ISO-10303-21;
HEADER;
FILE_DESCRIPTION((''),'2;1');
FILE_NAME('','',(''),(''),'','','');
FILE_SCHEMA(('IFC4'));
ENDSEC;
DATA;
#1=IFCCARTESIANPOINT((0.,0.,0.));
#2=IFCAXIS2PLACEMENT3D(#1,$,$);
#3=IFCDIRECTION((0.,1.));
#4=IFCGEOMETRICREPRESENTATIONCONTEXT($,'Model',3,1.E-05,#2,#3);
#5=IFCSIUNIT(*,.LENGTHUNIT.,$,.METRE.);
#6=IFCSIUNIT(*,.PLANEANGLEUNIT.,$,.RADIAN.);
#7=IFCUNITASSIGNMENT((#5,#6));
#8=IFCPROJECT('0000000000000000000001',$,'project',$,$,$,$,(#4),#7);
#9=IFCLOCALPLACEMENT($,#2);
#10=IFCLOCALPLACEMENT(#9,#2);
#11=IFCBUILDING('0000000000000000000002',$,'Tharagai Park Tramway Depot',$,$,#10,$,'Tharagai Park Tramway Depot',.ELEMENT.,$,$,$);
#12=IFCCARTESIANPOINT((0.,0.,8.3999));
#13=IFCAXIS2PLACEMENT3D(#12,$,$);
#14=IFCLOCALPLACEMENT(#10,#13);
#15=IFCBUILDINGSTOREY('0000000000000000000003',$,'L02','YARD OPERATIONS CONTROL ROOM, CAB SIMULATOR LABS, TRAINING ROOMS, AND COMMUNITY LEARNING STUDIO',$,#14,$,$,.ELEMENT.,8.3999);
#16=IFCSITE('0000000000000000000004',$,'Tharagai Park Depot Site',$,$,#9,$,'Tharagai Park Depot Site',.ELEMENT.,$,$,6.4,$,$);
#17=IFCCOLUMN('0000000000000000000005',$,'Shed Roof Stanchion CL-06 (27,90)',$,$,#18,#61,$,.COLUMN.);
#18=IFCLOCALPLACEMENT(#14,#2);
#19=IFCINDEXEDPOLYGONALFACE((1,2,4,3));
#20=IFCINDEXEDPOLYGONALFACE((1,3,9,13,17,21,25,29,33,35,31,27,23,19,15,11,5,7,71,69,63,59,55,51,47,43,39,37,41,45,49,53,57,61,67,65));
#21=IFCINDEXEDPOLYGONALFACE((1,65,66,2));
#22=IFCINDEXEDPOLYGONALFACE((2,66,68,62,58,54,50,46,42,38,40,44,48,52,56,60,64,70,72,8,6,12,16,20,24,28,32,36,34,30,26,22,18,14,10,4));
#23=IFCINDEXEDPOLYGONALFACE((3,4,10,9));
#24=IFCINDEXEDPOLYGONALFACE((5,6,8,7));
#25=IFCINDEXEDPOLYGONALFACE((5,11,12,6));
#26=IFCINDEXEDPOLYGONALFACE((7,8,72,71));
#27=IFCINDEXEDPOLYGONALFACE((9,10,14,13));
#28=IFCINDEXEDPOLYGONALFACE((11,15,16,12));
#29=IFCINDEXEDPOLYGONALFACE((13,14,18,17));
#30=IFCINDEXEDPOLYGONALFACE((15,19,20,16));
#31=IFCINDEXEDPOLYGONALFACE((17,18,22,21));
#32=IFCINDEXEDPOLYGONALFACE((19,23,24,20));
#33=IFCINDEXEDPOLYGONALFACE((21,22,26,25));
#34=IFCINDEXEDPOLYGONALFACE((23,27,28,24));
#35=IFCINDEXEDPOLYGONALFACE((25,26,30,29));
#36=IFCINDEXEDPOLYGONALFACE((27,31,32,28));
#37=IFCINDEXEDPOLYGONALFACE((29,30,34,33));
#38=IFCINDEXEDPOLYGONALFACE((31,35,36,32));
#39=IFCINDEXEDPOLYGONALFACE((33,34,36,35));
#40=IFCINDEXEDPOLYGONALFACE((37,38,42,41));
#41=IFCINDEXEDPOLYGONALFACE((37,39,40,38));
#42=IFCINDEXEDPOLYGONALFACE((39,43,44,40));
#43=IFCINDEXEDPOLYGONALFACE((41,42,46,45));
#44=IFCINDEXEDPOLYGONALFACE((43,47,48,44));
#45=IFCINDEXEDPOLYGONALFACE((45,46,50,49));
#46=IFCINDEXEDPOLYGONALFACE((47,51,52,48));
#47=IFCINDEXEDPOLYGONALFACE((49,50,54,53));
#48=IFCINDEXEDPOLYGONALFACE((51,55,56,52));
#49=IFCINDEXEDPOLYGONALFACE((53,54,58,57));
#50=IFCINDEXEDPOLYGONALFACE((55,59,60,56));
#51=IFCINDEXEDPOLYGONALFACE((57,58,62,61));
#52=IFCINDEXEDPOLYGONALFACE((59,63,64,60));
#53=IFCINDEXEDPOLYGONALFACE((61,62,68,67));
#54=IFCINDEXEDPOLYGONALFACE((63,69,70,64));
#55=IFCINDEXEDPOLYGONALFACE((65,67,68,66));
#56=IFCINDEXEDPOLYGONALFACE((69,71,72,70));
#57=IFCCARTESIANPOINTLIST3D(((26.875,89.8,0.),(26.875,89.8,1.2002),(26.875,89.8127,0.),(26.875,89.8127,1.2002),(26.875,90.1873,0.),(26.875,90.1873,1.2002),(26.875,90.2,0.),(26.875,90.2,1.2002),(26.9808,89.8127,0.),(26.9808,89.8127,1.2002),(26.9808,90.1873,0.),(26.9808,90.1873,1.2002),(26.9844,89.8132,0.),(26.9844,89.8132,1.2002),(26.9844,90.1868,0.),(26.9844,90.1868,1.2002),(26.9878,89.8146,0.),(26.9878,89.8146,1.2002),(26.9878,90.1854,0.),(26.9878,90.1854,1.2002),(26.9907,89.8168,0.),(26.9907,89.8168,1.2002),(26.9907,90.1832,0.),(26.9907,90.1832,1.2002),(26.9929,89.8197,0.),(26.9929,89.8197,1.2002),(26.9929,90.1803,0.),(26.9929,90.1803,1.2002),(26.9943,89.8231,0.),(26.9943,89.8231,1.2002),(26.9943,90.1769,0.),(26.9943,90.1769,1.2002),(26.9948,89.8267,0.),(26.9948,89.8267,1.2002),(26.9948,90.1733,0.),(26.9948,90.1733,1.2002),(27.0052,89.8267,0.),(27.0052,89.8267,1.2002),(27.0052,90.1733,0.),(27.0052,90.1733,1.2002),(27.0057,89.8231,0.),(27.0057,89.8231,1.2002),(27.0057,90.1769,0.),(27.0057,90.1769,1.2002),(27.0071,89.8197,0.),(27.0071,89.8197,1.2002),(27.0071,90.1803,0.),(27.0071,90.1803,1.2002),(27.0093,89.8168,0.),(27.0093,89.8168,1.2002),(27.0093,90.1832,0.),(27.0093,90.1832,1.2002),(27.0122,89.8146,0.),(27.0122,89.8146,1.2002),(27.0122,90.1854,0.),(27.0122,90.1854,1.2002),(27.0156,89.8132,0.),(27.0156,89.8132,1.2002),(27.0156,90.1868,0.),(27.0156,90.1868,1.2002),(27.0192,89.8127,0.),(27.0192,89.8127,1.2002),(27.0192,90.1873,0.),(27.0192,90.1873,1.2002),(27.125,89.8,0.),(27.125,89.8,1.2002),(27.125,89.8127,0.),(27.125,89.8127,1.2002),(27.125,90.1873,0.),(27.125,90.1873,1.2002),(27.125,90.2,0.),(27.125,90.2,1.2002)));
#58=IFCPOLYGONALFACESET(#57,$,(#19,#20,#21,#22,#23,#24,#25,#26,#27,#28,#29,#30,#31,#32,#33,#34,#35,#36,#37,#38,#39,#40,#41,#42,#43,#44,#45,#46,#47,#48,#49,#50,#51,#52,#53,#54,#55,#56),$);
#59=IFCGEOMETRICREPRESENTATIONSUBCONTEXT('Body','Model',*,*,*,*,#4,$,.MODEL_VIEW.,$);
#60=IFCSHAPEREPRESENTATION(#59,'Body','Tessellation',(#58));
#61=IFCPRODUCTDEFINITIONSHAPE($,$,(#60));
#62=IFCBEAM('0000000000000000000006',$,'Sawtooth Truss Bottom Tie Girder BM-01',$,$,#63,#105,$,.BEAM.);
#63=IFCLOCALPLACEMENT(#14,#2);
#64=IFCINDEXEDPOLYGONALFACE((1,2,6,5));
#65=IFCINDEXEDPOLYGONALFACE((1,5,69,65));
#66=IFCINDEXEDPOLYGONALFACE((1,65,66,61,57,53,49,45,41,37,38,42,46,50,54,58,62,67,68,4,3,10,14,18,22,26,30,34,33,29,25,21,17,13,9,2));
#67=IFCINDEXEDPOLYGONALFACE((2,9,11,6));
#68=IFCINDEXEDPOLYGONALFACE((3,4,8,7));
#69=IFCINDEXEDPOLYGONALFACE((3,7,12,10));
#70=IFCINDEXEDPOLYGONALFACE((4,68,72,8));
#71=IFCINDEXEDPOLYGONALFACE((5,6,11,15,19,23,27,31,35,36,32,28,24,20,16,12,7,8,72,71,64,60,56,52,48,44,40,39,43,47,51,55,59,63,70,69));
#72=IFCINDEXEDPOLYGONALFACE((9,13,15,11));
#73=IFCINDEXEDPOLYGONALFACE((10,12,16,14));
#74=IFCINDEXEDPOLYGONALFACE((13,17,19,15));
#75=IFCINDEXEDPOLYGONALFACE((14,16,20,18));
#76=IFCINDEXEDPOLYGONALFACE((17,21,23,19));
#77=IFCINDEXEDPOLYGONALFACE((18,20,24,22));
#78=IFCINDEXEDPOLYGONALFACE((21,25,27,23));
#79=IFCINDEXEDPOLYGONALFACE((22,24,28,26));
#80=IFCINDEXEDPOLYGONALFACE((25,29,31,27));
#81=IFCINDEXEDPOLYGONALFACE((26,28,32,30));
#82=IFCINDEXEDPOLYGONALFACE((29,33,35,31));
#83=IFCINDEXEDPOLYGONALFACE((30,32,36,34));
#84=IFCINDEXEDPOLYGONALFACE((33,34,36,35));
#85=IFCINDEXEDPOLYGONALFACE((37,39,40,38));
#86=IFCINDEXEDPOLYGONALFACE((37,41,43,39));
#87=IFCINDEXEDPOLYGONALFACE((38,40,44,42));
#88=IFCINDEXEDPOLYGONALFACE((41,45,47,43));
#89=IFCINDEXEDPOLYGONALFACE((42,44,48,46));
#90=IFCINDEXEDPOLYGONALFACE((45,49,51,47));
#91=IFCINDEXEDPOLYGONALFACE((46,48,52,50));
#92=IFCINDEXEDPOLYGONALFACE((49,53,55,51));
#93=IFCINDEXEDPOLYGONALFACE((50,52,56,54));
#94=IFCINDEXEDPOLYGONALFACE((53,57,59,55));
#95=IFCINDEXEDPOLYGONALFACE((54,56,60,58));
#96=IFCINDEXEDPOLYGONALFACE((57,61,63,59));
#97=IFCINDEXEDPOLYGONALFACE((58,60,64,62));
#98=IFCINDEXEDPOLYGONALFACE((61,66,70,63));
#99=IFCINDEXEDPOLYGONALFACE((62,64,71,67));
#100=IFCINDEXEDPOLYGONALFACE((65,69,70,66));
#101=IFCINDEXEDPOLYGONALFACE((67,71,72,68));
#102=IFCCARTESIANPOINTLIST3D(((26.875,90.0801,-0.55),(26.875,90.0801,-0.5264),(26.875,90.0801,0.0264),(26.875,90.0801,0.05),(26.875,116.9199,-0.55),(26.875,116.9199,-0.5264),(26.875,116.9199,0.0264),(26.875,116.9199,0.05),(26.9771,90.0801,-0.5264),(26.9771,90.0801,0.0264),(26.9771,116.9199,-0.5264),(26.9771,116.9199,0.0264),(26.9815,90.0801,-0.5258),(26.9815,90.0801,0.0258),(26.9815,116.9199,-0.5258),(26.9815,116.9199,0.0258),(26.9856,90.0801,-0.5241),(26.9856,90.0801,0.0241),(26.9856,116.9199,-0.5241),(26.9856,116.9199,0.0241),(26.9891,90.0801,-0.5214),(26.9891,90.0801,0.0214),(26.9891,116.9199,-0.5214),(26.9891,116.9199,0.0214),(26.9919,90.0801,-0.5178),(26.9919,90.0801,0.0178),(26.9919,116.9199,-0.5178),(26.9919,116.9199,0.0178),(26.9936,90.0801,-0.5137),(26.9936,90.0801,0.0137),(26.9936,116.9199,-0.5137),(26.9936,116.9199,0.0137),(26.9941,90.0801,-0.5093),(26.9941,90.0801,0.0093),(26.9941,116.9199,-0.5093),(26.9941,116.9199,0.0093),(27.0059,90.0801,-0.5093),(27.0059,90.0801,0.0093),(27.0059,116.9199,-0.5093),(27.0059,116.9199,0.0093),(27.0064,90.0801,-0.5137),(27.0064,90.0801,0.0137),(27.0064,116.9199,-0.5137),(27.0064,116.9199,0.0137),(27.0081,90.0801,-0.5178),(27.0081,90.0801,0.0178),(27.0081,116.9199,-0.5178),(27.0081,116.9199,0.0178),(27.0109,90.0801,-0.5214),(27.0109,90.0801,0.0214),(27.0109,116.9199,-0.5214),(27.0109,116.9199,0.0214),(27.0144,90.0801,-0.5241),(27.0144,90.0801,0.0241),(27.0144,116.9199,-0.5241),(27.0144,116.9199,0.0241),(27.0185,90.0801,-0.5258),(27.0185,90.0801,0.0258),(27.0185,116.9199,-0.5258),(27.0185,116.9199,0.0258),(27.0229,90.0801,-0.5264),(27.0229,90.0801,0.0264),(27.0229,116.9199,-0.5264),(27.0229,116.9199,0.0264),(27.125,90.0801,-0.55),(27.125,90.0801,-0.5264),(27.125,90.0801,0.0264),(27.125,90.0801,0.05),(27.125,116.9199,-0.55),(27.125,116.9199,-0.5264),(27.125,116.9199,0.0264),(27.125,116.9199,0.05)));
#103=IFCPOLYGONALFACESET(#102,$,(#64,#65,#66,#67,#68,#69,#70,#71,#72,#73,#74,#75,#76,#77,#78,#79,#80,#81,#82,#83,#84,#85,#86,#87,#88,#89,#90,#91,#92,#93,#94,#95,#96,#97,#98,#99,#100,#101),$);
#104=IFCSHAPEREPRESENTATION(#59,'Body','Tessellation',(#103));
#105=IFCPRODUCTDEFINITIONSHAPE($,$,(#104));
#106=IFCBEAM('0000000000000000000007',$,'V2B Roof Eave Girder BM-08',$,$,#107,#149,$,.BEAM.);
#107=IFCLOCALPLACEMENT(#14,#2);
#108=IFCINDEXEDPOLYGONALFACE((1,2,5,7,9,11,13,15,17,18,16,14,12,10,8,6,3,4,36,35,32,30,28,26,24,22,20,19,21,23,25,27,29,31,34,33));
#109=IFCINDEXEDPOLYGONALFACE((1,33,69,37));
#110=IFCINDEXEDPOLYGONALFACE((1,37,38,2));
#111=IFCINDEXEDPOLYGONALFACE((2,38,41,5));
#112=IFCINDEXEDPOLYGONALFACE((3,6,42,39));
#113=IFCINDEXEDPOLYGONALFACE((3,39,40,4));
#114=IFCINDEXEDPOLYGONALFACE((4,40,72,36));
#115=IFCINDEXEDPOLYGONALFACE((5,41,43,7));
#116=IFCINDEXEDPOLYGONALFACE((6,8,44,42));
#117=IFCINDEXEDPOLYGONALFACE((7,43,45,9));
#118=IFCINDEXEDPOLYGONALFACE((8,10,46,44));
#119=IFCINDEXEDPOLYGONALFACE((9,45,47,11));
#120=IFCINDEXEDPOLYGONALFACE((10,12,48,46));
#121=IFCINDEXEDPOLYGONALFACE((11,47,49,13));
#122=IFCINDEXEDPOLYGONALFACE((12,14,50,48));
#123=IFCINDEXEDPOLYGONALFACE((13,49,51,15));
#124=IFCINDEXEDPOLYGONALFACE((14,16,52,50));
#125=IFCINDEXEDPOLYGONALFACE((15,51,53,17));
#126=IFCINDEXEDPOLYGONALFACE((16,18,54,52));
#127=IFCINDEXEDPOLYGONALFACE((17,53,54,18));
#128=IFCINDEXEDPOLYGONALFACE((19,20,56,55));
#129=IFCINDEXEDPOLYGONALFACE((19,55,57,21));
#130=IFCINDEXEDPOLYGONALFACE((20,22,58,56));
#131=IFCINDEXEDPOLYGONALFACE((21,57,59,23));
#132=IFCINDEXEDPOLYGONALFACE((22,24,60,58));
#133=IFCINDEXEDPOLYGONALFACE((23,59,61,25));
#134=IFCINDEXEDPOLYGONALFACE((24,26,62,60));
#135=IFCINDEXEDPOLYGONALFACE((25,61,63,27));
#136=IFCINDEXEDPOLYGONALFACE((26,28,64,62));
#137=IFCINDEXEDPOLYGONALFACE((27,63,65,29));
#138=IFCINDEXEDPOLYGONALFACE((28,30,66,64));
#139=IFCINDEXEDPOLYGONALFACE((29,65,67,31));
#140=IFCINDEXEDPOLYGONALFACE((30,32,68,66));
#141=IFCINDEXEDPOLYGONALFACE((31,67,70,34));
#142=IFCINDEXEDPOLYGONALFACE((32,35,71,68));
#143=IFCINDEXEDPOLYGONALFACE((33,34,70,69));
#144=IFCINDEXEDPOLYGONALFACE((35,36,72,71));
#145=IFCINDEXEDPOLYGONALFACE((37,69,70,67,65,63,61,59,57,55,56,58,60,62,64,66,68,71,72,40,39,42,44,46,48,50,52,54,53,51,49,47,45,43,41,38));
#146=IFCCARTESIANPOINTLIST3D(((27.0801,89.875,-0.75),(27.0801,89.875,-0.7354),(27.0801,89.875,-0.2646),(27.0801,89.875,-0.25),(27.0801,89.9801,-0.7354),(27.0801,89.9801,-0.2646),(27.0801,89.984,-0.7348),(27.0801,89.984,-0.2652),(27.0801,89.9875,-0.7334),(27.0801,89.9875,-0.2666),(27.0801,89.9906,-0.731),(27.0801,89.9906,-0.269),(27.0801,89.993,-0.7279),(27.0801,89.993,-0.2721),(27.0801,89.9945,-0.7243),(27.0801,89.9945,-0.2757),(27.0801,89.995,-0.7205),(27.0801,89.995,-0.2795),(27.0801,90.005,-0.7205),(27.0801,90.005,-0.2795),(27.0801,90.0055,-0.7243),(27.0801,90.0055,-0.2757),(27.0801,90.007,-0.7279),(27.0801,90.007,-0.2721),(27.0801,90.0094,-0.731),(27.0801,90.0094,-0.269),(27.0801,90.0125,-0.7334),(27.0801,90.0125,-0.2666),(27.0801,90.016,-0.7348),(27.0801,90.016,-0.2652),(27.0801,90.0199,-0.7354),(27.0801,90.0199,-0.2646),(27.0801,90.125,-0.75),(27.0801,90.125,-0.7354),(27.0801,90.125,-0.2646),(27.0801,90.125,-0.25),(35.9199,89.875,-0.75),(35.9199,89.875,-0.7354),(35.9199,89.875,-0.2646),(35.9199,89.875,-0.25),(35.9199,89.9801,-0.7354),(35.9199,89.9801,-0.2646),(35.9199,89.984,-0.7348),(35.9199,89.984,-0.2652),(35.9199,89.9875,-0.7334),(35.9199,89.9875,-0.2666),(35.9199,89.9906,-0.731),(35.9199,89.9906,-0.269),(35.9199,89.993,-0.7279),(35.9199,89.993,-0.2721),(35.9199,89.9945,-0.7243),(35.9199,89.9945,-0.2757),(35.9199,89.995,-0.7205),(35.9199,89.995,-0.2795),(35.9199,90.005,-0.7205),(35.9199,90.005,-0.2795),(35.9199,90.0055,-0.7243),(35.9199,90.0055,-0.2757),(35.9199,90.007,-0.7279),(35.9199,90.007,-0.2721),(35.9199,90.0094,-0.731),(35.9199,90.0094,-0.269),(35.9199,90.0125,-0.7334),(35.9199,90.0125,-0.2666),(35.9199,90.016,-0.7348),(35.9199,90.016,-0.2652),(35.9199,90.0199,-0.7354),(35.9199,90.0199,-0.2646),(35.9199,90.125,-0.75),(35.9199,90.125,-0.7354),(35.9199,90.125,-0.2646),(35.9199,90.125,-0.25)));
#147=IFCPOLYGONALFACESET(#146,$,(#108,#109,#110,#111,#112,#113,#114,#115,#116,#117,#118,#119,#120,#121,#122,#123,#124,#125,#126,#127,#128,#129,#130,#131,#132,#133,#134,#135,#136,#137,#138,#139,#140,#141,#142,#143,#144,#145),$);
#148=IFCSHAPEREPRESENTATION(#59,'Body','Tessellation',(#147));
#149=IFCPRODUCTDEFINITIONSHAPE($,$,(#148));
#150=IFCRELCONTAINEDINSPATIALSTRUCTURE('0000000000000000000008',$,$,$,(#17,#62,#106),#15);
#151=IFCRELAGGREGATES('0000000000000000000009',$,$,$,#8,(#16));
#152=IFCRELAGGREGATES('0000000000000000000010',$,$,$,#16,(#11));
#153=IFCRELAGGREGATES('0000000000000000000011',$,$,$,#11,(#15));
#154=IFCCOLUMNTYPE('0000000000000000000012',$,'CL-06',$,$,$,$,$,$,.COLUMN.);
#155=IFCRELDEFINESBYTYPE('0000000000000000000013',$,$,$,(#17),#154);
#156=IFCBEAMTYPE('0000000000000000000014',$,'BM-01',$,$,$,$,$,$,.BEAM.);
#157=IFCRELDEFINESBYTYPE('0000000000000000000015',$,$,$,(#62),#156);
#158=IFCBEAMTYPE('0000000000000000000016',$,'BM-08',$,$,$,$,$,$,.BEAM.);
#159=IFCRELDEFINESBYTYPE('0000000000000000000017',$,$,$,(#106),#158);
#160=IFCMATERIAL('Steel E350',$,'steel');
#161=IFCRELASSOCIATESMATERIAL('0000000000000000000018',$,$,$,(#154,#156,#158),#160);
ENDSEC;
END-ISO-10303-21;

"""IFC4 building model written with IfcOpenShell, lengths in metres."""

from ifc_helpers import new_model, si_unit, direction, frame, origin, origin_2d, place, context, subcontext, project, spatial, i_section, extrude, material, material_profile, profile_set, type_object, element, save


model = new_model("IFC4")

# Units and contexts
model_context = context("Model", 3, precision=1e-05, world=origin(), true_north=direction((0.0, 1.0)))
body_context = subcontext(model_context, "Body", "Model", "MODEL_VIEW")
ifc_project = project(units=[si_unit("LENGTHUNIT", "METRE"), si_unit("PLANEANGLEUNIT", "RADIAN")], contexts=[model_context])

# Site, building, storey
site_placement = place(None, origin())
site = spatial("IfcSite", under=ifc_project, at=site_placement, Name="Tharagai Park Depot Site", LongName="Tharagai Park Depot Site", CompositionType="ELEMENT", RefElevation=6.4)
building_placement = place(site_placement, origin())
building = spatial("IfcBuilding", under=site, at=building_placement, Name="Tharagai Park Tramway Depot", LongName="Tharagai Park Tramway Depot", CompositionType="ELEMENT")
storey_placement = place(building_placement, frame((0.0, 0.0, 8.3999)))
storey = spatial("IfcBuildingStorey", under=building, at=storey_placement, Name="L02", Description="YARD OPERATIONS CONTROL ROOM, CAB SIMULATOR LABS, TRAINING ROOMS, AND COMMUNITY LEARNING STUDIO", CompositionType="ELEMENT", Elevation=8.3999)

# Column
ifc_material_1 = material(Name="Steel E350", Category="steel")
ifc_material_profile_1 = material_profile(ifc_material_1, i_section(OverallWidth=0.25, OverallDepth=0.3999, WebThickness=0.0105, FlangeThickness=0.0127, FilletRadius=0.0139, at=origin_2d()), Name="ISHB 400")
ifc_profile_set_1 = profile_set([ifc_material_profile_1], Name="Steel E350")
column_type = type_object("IfcColumnType", Name="CL-06", PredefinedType="COLUMN", material=ifc_profile_set_1)
column_placement = place(storey_placement, frame((27.0, 90.0, 0.0), z_axis=(0.0, 0.0, 1.0), x_axis=(1.0, 0.0, 0.0)))
element("IfcColumn", 1, at=column_placement, inside=storey, type_object=column_type, Name="Shed Roof Stanchion CL-06 (27,90)", PredefinedType="COLUMN", context=body_context, shape_type="SweptSolid", body=[
    extrude(i_section(OverallWidth=0.25, OverallDepth=0.3999, WebThickness=0.0105, FlangeThickness=0.0127, FilletRadius=0.0139, at=origin_2d()), origin(), (0.0, 0.0, 1.0), 1.2002),
])

# Beams
ifc_material_profile_2 = material_profile(ifc_material_1, i_section(OverallWidth=0.25, OverallDepth=0.6001, WebThickness=0.0117, FlangeThickness=0.0237, FilletRadius=0.0171, at=origin_2d()), Name="ISWB 600")
ifc_profile_set_2 = profile_set([ifc_material_profile_2], Name="Steel E350")
beam_type_1 = type_object("IfcBeamType", Name="BM-01", PredefinedType="BEAM", material=ifc_profile_set_2)
beam_1_placement = place(storey_placement, frame((27.0, 90.0801, -0.25), z_axis=(0.0, 1.0, 0.0), x_axis=(-1.0, 0.0, 0.0)))
element("IfcBeam", 2, at=beam_1_placement, inside=storey, type_object=beam_type_1, Name="Sawtooth Truss Bottom Tie Girder BM-01", PredefinedType="BEAM", context=body_context, shape_type="SweptSolid", body=[
    extrude(i_section(OverallWidth=0.25, OverallDepth=0.6001, WebThickness=0.0117, FlangeThickness=0.0237, FilletRadius=0.0171, at=origin_2d()), origin(), (0.0, 0.0, 1.0), 26.8398),
])
ifc_material_profile_3 = material_profile(ifc_material_1, i_section(OverallWidth=0.25, OverallDepth=0.5, WebThickness=0.01, FlangeThickness=0.0146, FilletRadius=0.0149, at=origin_2d()), Name="ISWB 500")
ifc_profile_set_3 = profile_set([ifc_material_profile_3], Name="Steel E350")
beam_type_2 = type_object("IfcBeamType", Name="BM-08", PredefinedType="BEAM", material=ifc_profile_set_3)
beam_2_placement = place(storey_placement, frame((27.0801, 90.0, -0.5), z_axis=(1.0, 0.0, 0.0), x_axis=(0.0, 1.0, 0.0)))
element("IfcBeam", 3, at=beam_2_placement, inside=storey, type_object=beam_type_2, Name="V2B Roof Eave Girder BM-08", PredefinedType="BEAM", context=body_context, shape_type="SweptSolid", body=[
    extrude(i_section(OverallWidth=0.25, OverallDepth=0.5, WebThickness=0.01, FlangeThickness=0.0146, FilletRadius=0.0149, at=origin_2d()), origin(), (0.0, 0.0, 1.0), 8.8398),
])

save(model, "model.ifc")
